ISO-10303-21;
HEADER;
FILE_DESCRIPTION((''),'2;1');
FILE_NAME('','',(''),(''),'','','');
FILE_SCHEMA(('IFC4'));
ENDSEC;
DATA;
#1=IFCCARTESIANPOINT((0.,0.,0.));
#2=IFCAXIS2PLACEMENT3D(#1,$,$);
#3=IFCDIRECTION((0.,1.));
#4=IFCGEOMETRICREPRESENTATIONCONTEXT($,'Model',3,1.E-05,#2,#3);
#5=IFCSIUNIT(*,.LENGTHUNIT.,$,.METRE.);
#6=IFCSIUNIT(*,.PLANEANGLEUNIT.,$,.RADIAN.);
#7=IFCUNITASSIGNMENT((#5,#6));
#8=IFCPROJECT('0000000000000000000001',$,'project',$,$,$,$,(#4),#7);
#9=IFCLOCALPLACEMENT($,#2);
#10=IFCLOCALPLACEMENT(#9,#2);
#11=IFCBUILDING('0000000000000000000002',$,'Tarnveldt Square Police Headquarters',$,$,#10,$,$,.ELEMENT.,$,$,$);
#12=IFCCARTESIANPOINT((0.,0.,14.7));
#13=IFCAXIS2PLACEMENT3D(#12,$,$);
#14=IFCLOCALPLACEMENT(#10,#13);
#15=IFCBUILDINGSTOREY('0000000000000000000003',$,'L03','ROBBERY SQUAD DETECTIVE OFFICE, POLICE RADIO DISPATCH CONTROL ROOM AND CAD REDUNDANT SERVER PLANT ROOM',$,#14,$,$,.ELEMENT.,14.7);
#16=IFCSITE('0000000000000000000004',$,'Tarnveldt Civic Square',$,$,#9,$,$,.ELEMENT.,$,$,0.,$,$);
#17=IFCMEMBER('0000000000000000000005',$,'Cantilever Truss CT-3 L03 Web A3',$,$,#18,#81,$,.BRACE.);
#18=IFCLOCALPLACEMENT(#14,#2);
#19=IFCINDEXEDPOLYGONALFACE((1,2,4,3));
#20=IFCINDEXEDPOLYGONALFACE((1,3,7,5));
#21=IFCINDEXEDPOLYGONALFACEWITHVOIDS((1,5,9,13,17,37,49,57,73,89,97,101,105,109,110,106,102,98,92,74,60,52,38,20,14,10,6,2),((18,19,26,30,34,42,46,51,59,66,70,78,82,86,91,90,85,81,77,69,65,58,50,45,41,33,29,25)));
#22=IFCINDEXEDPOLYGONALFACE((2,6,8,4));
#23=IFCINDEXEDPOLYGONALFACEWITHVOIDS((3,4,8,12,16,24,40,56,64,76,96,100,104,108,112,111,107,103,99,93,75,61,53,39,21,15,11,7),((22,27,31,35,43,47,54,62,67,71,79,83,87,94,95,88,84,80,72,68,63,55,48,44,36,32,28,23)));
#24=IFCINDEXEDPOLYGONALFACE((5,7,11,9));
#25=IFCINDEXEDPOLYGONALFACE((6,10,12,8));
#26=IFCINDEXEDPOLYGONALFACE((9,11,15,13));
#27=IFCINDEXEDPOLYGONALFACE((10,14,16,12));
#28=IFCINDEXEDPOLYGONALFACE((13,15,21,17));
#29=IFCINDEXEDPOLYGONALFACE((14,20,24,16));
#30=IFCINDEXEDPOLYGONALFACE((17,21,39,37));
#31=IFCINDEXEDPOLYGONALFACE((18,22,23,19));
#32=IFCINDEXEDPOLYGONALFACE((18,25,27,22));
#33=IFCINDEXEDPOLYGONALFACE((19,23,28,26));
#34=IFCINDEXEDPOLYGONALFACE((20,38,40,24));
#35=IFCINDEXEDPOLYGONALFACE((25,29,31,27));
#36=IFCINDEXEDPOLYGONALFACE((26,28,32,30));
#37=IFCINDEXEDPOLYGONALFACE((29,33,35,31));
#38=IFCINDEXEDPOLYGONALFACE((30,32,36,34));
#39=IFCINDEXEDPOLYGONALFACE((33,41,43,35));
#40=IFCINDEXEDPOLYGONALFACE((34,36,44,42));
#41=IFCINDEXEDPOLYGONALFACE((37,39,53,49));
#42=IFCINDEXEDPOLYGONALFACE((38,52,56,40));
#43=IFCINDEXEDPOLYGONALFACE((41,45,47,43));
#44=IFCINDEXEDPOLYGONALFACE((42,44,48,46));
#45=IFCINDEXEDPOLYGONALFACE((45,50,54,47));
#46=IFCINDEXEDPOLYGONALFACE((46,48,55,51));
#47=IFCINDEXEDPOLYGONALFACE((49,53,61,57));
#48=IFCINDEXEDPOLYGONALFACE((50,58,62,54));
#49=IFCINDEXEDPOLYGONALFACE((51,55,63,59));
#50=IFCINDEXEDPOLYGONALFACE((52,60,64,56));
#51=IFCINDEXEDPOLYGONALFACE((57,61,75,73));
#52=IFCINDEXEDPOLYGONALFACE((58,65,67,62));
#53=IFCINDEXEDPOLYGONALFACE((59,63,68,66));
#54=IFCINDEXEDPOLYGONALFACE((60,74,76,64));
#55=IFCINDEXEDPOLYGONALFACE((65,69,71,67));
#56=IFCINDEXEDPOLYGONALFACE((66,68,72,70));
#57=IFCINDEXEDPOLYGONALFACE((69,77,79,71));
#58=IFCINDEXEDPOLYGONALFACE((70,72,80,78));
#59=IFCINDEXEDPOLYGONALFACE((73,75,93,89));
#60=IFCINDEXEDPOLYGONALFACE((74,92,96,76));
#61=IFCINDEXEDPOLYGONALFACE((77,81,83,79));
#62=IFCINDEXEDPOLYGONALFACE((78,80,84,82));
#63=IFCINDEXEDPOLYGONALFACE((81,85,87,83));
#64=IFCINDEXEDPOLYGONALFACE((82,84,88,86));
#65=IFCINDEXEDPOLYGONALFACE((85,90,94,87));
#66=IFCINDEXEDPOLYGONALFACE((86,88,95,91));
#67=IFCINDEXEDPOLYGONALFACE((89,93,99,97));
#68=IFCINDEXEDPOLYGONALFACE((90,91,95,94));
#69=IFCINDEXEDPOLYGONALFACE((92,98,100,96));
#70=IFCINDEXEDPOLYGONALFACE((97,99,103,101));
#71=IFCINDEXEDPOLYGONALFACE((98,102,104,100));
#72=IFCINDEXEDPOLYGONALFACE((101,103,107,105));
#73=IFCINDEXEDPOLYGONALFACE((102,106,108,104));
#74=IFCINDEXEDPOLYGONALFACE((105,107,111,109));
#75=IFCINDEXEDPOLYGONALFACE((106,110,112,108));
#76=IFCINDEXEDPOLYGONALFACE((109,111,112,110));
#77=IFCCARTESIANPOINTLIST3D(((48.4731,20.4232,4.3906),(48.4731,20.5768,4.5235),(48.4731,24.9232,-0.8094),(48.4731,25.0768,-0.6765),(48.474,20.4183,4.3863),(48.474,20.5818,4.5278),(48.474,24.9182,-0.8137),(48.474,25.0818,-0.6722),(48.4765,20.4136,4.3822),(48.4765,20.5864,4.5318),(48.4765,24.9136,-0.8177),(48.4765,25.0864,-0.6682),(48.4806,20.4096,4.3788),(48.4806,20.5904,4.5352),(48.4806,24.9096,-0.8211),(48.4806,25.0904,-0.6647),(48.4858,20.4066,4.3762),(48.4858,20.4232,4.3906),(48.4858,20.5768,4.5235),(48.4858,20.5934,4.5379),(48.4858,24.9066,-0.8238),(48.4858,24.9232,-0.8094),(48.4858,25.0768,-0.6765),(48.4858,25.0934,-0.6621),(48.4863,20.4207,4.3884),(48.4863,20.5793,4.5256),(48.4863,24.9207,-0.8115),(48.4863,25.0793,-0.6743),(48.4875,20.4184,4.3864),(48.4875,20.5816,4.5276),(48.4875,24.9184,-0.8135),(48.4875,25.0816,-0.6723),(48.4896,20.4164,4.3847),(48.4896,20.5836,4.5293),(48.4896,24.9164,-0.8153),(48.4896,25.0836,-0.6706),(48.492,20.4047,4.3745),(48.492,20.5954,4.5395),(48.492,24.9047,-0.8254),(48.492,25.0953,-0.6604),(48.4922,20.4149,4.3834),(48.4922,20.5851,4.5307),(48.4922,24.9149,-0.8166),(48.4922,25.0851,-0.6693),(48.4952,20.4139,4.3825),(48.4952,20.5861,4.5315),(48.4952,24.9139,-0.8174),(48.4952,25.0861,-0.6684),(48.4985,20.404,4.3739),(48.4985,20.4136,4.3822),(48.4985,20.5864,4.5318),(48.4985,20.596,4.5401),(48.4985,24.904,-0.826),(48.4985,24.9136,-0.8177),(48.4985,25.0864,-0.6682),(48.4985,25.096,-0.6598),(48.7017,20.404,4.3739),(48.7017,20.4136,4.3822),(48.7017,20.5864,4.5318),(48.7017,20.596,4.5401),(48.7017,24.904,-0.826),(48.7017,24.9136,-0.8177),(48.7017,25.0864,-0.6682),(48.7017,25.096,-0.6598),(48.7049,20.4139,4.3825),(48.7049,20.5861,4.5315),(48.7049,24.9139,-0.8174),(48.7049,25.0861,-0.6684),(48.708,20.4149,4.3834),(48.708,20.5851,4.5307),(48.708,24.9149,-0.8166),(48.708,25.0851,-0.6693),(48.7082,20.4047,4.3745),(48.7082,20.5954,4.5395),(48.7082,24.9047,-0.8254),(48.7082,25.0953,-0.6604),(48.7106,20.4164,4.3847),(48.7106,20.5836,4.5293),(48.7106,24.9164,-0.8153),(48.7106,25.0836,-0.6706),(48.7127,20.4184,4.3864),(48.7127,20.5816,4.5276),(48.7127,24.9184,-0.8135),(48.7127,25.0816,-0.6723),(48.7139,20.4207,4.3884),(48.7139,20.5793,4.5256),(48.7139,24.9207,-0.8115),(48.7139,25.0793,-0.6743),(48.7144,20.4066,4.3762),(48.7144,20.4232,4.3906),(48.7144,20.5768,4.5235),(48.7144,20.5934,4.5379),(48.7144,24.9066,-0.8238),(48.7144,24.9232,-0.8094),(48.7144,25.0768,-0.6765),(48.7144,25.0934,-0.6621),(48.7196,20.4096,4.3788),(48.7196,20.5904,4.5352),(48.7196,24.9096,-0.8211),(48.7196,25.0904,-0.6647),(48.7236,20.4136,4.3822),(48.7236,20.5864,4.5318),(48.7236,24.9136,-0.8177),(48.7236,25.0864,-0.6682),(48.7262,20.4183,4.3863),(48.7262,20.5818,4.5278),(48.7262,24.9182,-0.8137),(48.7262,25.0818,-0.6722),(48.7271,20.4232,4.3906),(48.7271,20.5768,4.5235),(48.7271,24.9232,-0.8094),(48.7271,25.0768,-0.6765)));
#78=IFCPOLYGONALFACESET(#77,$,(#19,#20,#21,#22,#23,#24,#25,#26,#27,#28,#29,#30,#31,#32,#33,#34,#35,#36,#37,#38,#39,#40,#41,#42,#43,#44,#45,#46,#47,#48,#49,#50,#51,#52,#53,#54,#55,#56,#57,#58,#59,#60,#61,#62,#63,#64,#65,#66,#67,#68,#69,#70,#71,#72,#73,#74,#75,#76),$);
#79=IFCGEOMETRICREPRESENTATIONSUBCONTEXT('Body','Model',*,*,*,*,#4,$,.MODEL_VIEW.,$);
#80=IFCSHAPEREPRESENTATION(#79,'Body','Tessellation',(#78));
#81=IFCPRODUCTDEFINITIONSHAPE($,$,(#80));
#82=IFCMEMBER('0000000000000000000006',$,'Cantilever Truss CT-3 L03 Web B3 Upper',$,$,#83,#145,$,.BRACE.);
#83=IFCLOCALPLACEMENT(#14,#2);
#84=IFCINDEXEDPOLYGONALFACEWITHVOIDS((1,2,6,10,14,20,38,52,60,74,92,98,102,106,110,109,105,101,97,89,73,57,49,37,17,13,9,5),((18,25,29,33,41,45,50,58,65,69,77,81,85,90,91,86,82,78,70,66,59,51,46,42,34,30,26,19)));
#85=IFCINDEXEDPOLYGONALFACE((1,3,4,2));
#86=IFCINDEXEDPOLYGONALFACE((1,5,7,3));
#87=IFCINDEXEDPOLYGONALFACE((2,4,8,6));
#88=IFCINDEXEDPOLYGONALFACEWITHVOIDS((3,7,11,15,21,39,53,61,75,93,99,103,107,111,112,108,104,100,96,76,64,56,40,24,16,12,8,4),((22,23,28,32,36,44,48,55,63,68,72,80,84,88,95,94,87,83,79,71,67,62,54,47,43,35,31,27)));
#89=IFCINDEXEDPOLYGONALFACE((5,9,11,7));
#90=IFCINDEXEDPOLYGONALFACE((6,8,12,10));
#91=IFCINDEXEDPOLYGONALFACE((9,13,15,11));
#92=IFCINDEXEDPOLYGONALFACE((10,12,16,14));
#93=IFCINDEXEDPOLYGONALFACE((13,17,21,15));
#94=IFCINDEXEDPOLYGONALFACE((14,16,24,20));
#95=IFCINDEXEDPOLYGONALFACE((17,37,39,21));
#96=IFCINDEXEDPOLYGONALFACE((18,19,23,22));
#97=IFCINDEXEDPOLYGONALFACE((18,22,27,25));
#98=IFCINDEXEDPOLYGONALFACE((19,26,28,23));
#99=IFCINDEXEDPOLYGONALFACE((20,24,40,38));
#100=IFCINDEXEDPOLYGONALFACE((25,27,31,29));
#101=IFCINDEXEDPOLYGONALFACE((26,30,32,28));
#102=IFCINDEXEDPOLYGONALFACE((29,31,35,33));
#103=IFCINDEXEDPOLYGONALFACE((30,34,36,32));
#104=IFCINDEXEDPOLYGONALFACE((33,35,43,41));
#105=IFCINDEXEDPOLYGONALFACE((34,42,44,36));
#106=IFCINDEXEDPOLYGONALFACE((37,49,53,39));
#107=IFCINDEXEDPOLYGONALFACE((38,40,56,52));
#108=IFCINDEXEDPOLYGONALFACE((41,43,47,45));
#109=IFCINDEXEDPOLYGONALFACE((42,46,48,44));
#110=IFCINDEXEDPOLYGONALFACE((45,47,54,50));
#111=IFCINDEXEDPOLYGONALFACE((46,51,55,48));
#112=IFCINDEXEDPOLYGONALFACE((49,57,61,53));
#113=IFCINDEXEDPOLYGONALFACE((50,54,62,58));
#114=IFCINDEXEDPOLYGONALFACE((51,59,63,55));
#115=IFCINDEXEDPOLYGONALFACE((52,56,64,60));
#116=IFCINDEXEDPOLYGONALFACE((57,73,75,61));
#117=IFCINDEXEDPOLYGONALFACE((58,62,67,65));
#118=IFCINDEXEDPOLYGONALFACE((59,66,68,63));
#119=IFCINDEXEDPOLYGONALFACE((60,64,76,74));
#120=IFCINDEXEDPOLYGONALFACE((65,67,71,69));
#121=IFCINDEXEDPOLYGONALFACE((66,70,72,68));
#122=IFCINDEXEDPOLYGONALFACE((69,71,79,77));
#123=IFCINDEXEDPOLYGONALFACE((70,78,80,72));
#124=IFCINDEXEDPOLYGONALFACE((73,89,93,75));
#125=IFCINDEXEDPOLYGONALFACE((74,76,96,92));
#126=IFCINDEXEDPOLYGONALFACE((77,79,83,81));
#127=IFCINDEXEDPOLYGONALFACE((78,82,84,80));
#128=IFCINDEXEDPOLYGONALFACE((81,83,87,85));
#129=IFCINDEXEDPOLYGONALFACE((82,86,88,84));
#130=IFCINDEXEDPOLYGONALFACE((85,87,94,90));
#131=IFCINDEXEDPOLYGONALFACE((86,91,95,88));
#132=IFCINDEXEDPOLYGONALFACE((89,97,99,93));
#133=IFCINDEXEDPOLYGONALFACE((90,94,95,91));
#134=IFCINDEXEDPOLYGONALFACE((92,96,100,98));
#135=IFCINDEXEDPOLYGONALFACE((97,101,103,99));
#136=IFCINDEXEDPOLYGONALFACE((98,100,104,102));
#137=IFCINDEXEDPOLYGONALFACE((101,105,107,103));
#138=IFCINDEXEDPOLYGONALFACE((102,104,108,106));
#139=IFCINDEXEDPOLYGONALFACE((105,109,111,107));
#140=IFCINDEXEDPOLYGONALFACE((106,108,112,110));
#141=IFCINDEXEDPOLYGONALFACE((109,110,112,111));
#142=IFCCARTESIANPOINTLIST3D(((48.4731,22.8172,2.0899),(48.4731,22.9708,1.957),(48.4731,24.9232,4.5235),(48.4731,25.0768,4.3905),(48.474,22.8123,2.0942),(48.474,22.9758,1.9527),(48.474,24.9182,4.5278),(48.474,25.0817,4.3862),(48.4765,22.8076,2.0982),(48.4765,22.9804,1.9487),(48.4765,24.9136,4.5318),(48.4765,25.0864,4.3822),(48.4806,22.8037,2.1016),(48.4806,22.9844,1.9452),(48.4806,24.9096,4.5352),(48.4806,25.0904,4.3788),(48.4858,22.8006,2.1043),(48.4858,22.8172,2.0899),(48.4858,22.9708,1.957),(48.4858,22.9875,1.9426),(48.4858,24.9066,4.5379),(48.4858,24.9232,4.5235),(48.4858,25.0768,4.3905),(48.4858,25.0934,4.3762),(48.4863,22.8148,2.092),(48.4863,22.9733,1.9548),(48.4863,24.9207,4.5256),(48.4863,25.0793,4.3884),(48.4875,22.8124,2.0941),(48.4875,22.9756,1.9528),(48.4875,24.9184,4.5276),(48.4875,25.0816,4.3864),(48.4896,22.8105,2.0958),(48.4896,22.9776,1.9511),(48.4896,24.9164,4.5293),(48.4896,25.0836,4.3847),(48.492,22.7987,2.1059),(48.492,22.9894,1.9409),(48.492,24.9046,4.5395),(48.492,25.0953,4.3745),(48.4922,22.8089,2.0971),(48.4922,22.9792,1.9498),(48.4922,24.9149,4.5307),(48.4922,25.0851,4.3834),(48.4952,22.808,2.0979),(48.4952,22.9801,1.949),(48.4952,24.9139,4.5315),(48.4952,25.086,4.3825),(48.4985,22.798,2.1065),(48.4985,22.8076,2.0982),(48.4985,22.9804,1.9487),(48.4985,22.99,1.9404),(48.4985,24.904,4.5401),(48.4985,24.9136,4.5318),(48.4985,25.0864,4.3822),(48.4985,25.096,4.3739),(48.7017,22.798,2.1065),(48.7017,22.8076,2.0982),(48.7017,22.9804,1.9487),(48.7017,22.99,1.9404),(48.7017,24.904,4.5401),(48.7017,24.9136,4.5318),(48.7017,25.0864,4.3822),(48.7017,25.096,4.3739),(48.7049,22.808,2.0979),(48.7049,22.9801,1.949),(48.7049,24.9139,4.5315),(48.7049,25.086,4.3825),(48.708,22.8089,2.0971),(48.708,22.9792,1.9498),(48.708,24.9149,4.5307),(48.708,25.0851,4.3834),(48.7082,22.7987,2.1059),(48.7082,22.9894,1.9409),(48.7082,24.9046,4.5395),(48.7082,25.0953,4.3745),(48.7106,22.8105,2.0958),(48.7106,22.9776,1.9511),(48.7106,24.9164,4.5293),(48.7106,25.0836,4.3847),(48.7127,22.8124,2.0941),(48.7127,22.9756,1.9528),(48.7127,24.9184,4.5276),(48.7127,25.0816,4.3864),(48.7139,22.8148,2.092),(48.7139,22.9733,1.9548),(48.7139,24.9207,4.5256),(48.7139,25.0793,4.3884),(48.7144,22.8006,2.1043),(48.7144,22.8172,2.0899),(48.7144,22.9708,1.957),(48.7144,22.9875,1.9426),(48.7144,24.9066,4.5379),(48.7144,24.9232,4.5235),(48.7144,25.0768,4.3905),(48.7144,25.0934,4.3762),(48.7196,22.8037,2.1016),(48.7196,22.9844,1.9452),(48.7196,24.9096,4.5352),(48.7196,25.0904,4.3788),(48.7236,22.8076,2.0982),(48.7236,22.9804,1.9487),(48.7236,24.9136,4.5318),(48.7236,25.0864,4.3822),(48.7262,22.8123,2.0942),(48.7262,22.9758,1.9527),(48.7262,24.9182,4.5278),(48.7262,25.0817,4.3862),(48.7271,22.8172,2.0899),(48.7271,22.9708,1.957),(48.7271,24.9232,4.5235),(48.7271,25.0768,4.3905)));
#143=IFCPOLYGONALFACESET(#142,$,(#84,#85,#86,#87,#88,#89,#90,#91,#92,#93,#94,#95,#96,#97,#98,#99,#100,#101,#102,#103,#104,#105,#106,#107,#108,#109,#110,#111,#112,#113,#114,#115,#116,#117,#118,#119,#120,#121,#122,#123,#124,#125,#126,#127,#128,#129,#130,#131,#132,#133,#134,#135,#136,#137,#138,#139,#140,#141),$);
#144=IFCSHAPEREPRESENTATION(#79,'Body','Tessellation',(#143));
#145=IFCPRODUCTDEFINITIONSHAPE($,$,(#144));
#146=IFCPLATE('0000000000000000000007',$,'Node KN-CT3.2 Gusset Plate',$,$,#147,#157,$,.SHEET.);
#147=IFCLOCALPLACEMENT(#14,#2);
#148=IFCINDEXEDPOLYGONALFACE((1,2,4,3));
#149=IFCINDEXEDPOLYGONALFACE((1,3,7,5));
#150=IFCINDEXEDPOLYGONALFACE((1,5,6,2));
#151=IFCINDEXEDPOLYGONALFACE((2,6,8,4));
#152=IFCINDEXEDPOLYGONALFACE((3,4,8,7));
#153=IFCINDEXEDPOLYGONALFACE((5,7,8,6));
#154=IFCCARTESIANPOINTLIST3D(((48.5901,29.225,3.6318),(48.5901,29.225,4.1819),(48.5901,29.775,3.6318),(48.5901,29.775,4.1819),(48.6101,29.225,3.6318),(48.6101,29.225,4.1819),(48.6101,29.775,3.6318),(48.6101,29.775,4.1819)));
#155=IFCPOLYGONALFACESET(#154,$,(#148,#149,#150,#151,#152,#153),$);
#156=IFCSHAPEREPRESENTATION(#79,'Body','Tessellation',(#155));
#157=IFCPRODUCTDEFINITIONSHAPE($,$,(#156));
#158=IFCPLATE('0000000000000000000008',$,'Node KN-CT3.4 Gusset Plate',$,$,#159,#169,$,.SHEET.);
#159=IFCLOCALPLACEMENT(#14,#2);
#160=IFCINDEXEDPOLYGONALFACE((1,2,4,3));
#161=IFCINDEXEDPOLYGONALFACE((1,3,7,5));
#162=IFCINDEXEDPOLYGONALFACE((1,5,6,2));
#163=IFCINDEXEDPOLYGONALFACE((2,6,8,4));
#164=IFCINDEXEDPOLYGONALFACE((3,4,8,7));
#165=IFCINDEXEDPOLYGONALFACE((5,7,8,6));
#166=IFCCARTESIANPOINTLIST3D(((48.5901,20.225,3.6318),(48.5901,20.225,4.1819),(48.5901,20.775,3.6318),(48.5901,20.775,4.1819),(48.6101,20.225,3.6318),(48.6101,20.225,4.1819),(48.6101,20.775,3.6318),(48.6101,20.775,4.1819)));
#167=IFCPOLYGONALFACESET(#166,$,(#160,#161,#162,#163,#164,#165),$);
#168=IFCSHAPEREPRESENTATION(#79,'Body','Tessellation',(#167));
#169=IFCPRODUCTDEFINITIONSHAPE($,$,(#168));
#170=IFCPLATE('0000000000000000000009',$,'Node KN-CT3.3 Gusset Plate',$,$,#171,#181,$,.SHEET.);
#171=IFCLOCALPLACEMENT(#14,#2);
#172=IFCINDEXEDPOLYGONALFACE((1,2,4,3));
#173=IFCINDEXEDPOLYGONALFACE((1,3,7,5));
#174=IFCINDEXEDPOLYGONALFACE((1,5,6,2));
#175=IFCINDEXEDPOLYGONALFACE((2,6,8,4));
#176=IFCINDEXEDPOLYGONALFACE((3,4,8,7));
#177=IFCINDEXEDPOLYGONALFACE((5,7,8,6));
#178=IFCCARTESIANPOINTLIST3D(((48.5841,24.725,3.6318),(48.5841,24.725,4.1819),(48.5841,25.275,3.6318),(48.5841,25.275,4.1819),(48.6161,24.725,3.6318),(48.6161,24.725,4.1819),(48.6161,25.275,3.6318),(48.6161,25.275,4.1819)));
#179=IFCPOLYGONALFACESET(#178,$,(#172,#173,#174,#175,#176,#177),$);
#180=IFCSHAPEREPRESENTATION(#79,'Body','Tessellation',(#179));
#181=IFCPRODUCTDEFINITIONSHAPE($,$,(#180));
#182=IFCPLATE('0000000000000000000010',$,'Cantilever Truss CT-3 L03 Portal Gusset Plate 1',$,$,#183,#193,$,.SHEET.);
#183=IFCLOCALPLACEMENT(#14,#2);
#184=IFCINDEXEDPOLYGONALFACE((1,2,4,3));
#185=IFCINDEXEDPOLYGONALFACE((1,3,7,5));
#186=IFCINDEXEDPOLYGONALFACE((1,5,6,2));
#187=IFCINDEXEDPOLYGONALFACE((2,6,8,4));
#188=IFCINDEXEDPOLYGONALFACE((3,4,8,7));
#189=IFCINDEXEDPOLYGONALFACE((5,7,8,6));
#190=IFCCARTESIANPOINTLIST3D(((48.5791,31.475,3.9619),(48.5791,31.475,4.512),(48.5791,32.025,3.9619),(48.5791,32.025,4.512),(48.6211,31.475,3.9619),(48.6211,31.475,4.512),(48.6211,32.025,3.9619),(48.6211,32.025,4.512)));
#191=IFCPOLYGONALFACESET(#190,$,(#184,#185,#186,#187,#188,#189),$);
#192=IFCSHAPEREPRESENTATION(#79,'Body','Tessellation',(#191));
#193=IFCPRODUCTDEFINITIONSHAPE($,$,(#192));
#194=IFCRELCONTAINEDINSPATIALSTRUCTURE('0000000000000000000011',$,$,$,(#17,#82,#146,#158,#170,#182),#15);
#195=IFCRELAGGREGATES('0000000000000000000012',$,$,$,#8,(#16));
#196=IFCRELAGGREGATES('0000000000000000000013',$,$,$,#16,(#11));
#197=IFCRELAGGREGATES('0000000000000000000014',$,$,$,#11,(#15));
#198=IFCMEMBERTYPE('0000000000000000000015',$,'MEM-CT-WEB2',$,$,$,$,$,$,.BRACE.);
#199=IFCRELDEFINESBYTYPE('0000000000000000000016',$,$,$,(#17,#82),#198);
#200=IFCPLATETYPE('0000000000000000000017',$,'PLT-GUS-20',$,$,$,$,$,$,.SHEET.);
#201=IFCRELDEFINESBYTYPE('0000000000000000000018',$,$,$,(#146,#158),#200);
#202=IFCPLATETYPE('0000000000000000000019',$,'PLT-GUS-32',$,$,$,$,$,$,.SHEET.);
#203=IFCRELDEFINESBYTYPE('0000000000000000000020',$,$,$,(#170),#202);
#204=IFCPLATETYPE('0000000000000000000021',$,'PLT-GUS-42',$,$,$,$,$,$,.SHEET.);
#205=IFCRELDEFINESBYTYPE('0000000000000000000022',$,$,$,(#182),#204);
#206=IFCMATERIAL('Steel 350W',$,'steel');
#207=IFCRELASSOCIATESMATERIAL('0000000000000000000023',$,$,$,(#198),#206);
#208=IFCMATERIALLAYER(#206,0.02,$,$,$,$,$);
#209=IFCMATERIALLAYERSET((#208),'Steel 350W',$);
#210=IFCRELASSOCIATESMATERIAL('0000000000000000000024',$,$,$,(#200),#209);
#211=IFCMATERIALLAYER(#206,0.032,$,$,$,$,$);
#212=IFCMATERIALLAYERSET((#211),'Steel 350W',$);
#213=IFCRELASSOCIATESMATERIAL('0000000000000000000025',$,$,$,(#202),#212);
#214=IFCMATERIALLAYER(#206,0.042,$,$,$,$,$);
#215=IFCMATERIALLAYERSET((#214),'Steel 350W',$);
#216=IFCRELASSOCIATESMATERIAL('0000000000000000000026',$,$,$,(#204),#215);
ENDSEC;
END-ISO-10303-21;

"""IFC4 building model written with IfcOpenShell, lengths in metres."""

from ifc_helpers import new_model, si_unit, direction, frame, origin, origin_2d, place, context, subcontext, project, spatial, rectangle, hollow_rectangle, extrude, material, layer, layer_set, material_profile, profile_set, type_object, element, save


model = new_model("IFC4")

# Units and contexts
model_context = context("Model", 3, precision=1e-05, world=origin(), true_north=direction((0.0, 1.0)))
body_context = subcontext(model_context, "Body", "Model", "MODEL_VIEW")
ifc_project = project(units=[si_unit("LENGTHUNIT", "METRE"), si_unit("PLANEANGLEUNIT", "RADIAN")], contexts=[model_context])

# Site, building, storey
site_placement = place(None, origin())
site = spatial("IfcSite", under=ifc_project, at=site_placement, Name="Tarnveldt Civic Square", CompositionType="ELEMENT", RefElevation=0.0)
building_placement = place(site_placement, origin())
building = spatial("IfcBuilding", under=site, at=building_placement, Name="Tarnveldt Square Police Headquarters", CompositionType="ELEMENT")
storey_placement = place(building_placement, frame((0.0, 0.0, 14.7)))
storey = spatial("IfcBuildingStorey", under=building, at=storey_placement, Name="L03", Description="ROBBERY SQUAD DETECTIVE OFFICE, POLICE RADIO DISPATCH CONTROL ROOM AND CAD REDUNDANT SERVER PLANT ROOM", CompositionType="ELEMENT", Elevation=14.7)

# Shared definitions
ifc_material_1 = material(Name="Steel 350W", Category="steel")

# Members
ifc_material_profile_1 = material_profile(ifc_material_1, hollow_rectangle(XDim=0.2539, YDim=0.2539, WallThickness=0.0127, InnerFilletRadius=0.0127, OuterFilletRadius=0.0254, at=origin_2d()), Name="HSS254x254x13")
ifc_profile_set_1 = profile_set([ifc_material_profile_1], Name="Steel 350W")
member_type_1 = type_object("IfcMemberType", Name="MEM-CT-WEB2", PredefinedType="BRACE", material=ifc_profile_set_1)
member_1_placement = place(storey_placement, frame((48.6001, 25.0, -0.7429), z_axis=(0.0, -0.65438, 0.756166), x_axis=(1.0, 0.0, 0.0)))
element("IfcMember", 1, at=member_1_placement, inside=storey, type_object=member_type_1, Name="Cantilever Truss CT-3 L03 Web A3", PredefinedType="BRACE", context=body_context, shape_type="SweptSolid", body=[
    extrude(hollow_rectangle(XDim=0.2539, YDim=0.2539, WallThickness=0.0127, InnerFilletRadius=0.0127, OuterFilletRadius=0.0254, at=origin_2d()), origin(), (0.0, 0.0, 1.0), 6.8767),
])
member_2_placement = place(storey_placement, frame((48.6001, 22.894, 2.0234), z_axis=(0.0, 0.65437, 0.756174), x_axis=(-1.0, 0.0, 0.0)))
element("IfcMember", 2, at=member_2_placement, inside=storey, type_object=member_type_1, Name="Cantilever Truss CT-3 L03 Web B3 Upper", PredefinedType="BRACE", context=body_context, shape_type="SweptSolid", body=[
    extrude(hollow_rectangle(XDim=0.2539, YDim=0.2539, WallThickness=0.0127, InnerFilletRadius=0.0127, OuterFilletRadius=0.0254, at=origin_2d()), origin(), (0.0, 0.0, 1.0), 3.2183),
])

# Plates
ifc_layer_1 = layer(ifc_material_1, 0.02)
ifc_layer_set_1 = layer_set([ifc_layer_1], Name="Steel 350W")
plate_type_1 = type_object("IfcPlateType", Name="PLT-GUS-20", PredefinedType="SHEET", material=ifc_layer_set_1)
for number, where, z_axis, x_axis, name in (
    (3, (48.6001, 29.5, 3.6318), (0.0, 0.0, 1.0), (1.0, 0.0, 0.0), "Node KN-CT3.2 Gusset Plate"),
    (4, (48.6001, 20.5, 3.6318), (0.0, 0.0, 1.0), (1.0, 0.0, 0.0), "Node KN-CT3.4 Gusset Plate"),
):
    element("IfcPlate", number, at=place(storey_placement, frame(where, z_axis=z_axis, x_axis=x_axis)), inside=storey, type_object=plate_type_1, Name=name, PredefinedType="SHEET", context=body_context, shape_type="SweptSolid", body=[
        extrude(rectangle(XDim=0.02, YDim=0.55, at=origin_2d()), origin(), (0.0, 0.0, 1.0), 0.55),
    ])
ifc_layer_2 = layer(ifc_material_1, 0.032)
ifc_layer_set_2 = layer_set([ifc_layer_2], Name="Steel 350W")
plate_type_2 = type_object("IfcPlateType", Name="PLT-GUS-32", PredefinedType="SHEET", material=ifc_layer_set_2)
plate_placement = place(storey_placement, frame((48.6001, 25.0, 3.6318), z_axis=(0.0, 0.0, 1.0), x_axis=(1.0, 0.0, 0.0)))
element("IfcPlate", 5, at=plate_placement, inside=storey, type_object=plate_type_2, Name="Node KN-CT3.3 Gusset Plate", PredefinedType="SHEET", context=body_context, shape_type="SweptSolid", body=[
    extrude(rectangle(XDim=0.032, YDim=0.55, at=origin_2d()), origin(), (0.0, 0.0, 1.0), 0.55),
])
ifc_layer_3 = layer(ifc_material_1, 0.042)
ifc_layer_set_3 = layer_set([ifc_layer_3], Name="Steel 350W")
plate_type_3 = type_object("IfcPlateType", Name="PLT-GUS-42", PredefinedType="SHEET", material=ifc_layer_set_3)
for number, where, z_axis, x_axis, name in (
    (6, (48.6001, 31.75, 3.9619), (0.0, 0.0, 1.0), (1.0, 0.0, 0.0), "Cantilever Truss CT-3 L03 Portal Gusset Plate 1"),
):
    element("IfcPlate", number, at=place(storey_placement, frame(where, z_axis=z_axis, x_axis=x_axis)), inside=storey, type_object=plate_type_3, Name=name, PredefinedType="SHEET", context=body_context, shape_type="SweptSolid", body=[
        extrude(rectangle(XDim=0.042, YDim=0.55, at=origin_2d()), origin(), (0.0, 0.0, 1.0), 0.55),
    ])

save(model, "model.ifc")
